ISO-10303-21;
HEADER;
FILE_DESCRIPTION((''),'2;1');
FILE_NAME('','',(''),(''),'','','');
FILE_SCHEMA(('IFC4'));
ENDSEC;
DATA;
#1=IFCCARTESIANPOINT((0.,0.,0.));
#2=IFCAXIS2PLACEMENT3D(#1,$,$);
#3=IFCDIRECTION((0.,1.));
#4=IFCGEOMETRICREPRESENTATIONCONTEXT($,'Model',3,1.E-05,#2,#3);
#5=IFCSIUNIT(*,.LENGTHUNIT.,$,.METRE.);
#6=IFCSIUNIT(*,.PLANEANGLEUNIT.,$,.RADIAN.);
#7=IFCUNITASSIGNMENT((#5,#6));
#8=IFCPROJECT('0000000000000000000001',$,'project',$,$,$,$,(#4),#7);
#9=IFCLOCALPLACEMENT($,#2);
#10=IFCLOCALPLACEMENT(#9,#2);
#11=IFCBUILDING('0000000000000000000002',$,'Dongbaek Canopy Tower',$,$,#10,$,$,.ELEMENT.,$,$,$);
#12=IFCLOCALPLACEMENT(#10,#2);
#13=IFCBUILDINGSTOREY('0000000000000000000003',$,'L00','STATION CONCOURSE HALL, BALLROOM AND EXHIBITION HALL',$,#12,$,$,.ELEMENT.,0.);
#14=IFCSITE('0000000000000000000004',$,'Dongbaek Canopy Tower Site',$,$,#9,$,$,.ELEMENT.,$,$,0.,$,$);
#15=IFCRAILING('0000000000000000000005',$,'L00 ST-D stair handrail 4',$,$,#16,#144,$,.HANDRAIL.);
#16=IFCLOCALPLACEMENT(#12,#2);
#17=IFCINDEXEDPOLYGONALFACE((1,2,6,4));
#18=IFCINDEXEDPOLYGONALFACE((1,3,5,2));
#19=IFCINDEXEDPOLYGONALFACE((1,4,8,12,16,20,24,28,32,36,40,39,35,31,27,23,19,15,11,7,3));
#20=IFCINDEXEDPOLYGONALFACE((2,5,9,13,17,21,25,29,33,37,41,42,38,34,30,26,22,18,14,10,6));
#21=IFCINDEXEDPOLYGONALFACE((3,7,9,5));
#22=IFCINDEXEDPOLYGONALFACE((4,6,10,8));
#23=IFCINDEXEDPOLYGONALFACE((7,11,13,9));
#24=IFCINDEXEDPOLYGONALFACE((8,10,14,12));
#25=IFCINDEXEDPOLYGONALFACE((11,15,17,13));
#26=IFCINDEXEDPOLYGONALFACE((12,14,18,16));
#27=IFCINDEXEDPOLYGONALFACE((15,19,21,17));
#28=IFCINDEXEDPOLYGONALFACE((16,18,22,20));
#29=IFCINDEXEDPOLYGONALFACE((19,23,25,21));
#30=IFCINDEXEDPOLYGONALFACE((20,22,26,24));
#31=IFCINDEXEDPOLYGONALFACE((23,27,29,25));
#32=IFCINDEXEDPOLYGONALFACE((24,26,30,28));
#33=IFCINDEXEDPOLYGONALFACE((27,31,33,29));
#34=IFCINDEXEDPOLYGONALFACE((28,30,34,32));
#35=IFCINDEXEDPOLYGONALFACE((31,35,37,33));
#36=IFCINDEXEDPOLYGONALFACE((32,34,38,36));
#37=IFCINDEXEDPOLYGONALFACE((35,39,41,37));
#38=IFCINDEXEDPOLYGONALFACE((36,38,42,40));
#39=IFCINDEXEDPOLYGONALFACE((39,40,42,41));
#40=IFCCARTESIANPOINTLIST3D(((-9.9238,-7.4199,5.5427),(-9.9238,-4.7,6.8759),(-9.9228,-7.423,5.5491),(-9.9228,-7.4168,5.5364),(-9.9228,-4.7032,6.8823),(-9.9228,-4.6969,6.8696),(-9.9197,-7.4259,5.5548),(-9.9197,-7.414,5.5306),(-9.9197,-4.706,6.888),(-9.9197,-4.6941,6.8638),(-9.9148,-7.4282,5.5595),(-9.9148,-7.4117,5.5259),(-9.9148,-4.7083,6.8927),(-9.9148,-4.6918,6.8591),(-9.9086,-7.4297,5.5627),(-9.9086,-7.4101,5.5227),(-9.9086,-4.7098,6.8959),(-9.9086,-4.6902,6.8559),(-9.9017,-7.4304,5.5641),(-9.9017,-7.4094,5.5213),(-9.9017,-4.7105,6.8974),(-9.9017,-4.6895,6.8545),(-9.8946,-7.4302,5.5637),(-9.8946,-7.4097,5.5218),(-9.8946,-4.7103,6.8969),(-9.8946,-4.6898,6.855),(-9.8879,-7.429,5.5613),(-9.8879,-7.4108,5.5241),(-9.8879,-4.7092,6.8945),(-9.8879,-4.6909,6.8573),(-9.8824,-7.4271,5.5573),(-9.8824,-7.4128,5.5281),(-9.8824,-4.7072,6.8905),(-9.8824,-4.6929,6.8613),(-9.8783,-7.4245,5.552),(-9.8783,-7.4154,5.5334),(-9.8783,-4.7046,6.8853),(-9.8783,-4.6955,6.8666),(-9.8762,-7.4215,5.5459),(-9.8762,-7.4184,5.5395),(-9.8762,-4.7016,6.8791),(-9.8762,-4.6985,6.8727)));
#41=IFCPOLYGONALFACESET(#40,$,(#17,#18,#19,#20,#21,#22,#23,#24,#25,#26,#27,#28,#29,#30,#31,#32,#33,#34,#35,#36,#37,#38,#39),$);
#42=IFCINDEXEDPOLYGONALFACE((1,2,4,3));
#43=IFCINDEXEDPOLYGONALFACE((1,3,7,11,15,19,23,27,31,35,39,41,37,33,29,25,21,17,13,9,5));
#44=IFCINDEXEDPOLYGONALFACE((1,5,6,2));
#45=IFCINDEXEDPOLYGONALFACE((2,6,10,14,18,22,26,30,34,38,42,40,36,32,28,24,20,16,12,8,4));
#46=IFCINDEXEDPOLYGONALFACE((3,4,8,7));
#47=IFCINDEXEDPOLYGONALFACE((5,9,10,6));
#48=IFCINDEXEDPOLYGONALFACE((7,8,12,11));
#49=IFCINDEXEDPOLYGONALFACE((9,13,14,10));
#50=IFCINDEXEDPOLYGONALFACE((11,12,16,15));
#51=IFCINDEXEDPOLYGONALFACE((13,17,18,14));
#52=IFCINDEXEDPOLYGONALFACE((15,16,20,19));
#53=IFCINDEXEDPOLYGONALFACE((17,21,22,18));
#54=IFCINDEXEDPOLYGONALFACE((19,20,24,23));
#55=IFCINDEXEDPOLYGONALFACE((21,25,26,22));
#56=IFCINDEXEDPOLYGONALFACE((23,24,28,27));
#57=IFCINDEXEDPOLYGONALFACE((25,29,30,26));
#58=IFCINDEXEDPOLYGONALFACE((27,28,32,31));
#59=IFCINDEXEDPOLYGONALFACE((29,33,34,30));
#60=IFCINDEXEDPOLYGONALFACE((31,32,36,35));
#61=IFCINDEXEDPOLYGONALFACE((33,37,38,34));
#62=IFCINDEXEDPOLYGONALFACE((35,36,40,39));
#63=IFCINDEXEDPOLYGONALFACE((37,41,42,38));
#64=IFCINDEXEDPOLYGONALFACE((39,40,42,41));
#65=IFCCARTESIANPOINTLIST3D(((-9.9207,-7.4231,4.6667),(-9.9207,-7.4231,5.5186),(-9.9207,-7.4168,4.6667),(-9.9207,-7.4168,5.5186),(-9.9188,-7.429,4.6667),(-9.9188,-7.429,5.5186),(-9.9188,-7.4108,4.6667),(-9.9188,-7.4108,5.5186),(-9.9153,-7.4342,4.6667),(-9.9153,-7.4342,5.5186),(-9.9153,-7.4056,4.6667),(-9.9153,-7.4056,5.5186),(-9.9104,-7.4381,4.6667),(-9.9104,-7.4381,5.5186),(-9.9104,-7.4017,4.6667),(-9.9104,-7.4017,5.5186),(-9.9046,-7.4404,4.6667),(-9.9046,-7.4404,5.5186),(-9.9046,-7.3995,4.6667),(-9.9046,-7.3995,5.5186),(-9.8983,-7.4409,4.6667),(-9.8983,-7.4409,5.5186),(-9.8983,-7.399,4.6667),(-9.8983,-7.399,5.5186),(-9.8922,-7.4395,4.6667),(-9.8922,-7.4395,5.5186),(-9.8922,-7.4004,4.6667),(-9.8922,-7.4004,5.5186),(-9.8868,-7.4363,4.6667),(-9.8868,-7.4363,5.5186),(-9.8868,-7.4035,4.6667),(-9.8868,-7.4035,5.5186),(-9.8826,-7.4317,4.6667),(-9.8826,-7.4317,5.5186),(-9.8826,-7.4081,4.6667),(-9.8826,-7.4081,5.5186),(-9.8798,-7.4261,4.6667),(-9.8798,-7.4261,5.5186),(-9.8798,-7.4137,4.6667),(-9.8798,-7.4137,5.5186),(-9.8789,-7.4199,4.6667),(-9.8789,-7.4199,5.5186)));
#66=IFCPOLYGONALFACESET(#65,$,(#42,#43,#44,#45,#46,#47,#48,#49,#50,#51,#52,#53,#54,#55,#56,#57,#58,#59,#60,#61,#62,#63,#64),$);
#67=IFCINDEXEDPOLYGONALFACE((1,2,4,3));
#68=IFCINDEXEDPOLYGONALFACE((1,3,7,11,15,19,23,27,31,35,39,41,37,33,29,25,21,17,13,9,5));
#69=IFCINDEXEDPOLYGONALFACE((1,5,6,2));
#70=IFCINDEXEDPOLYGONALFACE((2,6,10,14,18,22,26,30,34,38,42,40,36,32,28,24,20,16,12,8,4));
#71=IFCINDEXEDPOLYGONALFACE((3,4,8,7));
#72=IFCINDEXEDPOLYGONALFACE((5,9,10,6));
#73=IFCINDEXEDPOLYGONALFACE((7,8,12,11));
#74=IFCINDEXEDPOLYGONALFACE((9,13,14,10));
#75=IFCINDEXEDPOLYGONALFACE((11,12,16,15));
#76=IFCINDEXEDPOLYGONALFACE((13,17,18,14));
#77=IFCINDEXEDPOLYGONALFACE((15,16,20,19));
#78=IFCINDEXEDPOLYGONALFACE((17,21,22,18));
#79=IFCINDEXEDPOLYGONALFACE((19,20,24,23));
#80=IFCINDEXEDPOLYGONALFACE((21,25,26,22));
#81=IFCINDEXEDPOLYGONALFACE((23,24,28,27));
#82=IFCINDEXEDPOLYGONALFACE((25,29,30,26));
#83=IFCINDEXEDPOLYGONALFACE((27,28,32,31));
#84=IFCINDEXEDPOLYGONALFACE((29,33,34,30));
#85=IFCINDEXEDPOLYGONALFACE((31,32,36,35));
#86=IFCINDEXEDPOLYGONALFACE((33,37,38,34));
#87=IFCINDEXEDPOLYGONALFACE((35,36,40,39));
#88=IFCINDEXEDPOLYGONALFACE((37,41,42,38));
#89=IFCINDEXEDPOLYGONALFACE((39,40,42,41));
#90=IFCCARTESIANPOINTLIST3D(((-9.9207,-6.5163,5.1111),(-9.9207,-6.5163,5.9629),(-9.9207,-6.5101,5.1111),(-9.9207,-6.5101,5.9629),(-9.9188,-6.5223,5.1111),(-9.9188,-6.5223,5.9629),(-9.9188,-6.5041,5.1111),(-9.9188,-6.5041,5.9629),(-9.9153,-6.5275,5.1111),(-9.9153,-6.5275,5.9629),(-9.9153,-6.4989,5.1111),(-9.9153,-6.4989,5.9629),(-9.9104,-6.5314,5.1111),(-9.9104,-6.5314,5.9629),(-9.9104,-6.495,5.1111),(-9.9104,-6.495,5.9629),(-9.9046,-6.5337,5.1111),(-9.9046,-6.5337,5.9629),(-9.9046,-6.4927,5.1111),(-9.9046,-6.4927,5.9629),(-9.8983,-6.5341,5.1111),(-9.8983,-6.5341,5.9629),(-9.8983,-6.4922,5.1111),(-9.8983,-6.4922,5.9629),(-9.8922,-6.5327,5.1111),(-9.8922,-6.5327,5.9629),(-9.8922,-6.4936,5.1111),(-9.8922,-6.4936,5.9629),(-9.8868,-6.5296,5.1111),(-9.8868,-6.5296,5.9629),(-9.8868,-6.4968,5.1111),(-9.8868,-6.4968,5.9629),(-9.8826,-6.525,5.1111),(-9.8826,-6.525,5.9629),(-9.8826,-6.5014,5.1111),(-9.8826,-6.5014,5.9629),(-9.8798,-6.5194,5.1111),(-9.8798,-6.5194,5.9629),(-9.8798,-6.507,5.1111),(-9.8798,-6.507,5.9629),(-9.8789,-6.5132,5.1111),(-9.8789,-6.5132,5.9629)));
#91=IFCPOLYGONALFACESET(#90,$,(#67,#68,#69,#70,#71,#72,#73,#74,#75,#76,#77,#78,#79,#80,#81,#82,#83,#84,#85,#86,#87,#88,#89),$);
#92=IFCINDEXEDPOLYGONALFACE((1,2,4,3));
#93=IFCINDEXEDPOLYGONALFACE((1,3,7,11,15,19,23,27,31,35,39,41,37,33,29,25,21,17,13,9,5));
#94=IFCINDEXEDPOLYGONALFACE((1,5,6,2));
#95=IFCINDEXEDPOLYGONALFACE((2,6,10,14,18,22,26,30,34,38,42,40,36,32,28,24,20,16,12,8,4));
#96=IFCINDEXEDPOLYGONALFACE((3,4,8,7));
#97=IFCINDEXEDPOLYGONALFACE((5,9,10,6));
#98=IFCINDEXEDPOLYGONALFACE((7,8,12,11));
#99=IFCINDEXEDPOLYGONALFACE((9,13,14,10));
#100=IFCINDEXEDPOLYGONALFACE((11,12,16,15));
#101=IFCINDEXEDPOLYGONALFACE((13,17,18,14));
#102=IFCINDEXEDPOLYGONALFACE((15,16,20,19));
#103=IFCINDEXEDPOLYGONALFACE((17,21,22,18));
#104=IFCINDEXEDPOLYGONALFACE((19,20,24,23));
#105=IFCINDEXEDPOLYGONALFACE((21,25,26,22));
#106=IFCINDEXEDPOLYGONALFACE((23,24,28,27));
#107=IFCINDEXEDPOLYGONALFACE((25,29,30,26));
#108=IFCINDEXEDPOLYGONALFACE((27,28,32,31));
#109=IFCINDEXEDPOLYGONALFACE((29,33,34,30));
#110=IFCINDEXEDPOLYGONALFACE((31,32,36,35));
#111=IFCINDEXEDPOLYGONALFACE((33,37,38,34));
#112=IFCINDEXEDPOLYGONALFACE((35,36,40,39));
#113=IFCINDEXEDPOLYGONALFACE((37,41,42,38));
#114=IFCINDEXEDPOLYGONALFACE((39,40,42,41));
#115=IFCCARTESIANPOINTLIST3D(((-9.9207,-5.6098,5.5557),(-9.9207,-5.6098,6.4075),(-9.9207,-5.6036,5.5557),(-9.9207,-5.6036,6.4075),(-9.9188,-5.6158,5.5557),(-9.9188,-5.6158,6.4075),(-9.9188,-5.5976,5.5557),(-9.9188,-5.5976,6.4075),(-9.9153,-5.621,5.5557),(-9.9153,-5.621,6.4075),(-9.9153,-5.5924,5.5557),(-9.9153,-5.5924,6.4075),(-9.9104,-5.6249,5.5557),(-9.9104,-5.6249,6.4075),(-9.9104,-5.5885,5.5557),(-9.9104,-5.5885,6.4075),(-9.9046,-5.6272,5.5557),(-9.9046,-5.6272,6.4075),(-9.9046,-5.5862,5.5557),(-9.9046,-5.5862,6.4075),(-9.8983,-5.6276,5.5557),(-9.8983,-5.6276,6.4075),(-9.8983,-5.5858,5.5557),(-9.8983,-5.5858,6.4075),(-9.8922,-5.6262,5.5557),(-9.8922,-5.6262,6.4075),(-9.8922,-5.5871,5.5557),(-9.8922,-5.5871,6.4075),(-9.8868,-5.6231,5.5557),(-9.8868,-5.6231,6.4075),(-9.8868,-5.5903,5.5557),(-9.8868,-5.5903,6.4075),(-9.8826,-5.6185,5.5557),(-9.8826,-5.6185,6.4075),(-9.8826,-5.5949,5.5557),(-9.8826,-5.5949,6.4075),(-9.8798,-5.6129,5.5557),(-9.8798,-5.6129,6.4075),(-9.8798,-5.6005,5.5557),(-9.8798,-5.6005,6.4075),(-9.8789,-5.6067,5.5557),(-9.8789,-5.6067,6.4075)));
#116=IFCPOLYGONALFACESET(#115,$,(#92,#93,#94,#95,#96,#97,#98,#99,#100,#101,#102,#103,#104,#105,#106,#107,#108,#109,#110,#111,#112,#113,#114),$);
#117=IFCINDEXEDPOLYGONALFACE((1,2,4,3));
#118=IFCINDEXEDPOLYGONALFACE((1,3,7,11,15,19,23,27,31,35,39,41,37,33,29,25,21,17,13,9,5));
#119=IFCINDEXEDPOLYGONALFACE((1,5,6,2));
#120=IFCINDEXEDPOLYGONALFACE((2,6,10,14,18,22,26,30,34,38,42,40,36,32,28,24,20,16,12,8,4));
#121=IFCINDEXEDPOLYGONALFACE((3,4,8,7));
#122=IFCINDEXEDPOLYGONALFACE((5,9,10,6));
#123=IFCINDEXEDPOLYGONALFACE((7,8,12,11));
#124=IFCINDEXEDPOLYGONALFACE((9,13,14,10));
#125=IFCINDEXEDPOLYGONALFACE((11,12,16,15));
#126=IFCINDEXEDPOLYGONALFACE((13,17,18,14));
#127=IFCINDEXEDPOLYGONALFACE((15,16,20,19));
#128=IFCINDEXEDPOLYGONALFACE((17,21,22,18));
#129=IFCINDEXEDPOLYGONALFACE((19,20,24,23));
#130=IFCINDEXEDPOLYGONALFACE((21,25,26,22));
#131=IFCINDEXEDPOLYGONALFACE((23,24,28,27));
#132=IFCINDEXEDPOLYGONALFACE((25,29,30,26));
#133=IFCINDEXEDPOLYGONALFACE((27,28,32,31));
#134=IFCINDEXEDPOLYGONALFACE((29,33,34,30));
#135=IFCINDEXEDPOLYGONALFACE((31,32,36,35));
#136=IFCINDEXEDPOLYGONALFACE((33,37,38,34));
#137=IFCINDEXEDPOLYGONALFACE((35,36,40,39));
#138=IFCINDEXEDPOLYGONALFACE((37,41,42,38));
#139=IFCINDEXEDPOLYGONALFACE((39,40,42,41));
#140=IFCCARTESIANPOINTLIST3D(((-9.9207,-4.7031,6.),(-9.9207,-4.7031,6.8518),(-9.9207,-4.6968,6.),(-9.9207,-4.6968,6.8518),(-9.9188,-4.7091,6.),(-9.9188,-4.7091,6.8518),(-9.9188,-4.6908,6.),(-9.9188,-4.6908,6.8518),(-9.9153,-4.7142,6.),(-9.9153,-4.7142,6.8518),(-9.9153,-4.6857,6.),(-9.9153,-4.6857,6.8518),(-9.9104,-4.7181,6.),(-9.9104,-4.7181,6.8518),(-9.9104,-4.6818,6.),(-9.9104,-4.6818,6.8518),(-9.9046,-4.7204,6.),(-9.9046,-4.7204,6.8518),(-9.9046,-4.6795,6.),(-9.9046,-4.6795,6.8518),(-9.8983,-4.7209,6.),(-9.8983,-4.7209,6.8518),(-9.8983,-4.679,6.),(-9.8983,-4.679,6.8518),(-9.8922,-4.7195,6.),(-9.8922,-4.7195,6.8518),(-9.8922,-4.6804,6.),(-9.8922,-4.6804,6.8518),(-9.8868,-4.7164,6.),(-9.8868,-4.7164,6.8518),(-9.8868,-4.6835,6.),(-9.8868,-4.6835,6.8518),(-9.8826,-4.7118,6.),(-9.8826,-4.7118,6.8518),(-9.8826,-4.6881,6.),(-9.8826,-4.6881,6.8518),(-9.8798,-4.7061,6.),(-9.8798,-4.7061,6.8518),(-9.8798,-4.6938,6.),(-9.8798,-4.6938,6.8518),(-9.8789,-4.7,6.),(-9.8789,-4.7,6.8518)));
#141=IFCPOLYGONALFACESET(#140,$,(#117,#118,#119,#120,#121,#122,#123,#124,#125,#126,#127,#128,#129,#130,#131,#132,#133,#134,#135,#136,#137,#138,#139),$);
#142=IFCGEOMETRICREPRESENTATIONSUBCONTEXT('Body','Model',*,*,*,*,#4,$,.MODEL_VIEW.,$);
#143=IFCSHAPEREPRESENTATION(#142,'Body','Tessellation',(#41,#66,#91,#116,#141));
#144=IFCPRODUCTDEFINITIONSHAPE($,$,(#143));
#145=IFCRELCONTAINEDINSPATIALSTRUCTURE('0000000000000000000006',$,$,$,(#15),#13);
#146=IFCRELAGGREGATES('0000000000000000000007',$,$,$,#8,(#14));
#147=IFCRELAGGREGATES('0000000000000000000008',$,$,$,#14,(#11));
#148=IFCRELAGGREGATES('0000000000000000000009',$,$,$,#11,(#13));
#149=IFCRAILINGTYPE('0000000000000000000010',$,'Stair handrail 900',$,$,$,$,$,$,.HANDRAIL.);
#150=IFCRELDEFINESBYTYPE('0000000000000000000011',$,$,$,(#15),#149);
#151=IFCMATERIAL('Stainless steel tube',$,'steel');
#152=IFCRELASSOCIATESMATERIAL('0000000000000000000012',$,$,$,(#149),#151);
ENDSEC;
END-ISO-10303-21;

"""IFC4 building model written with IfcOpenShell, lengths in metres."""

from ifc_helpers import new_model, si_unit, direction, frame, origin, origin_2d, place, context, subcontext, project, spatial, circle, extrude, material, type_object, element, save


model = new_model("IFC4")

# Units and contexts
model_context = context("Model", 3, precision=1e-05, world=origin(), true_north=direction((0.0, 1.0)))
body_context = subcontext(model_context, "Body", "Model", "MODEL_VIEW")
ifc_project = project(units=[si_unit("LENGTHUNIT", "METRE"), si_unit("PLANEANGLEUNIT", "RADIAN")], contexts=[model_context])

# Site, building, storey
site_placement = place(None, origin())
site = spatial("IfcSite", under=ifc_project, at=site_placement, Name="Dongbaek Canopy Tower Site", CompositionType="ELEMENT", RefElevation=0.0)
building_placement = place(site_placement, origin())
building = spatial("IfcBuilding", under=site, at=building_placement, Name="Dongbaek Canopy Tower", CompositionType="ELEMENT")
storey_placement = place(building_placement, origin())
storey = spatial("IfcBuildingStorey", under=building, at=storey_placement, Name="L00", Description="STATION CONCOURSE HALL, BALLROOM AND EXHIBITION HALL", CompositionType="ELEMENT", Elevation=0.0)

# Railing
ifc_material_1 = material(Name="Stainless steel tube", Category="steel")
railing_type_1 = type_object("IfcRailingType", Name="Stair handrail 900", PredefinedType="HANDRAIL", material=ifc_material_1)
railing_1_placement = place(storey_placement, frame((-9.8999, -7.4199, 4.6667)))
element("IfcRailing", 1, at=railing_1_placement, inside=storey, type_object=railing_type_1, Name="L00 ST-D stair handrail 4", PredefinedType="HANDRAIL", context=body_context, shape_type="SweptSolid", body=[
    extrude(circle(Radius=0.0239, at=origin_2d()), frame((0.0, 0.0, 0.876), z_axis=(0.0, 0.897929, 0.440139), x_axis=(-1.0, 0.0, 0.0)), (0.0, 0.0, 1.0), 3.0291),
    extrude(circle(Radius=0.021, at=origin_2d()), origin(), (0.0, 0.0, 1.0), 0.8518),
    extrude(circle(Radius=0.021, at=origin_2d()), frame((0.0, 0.9067, 0.4443)), (0.0, 0.0, 1.0), 0.8518),
    extrude(circle(Radius=0.021, at=origin_2d()), frame((0.0, 1.8132, 0.8889)), (0.0, 0.0, 1.0), 0.8518),
    extrude(circle(Radius=0.021, at=origin_2d()), frame((0.0, 2.72, 1.3333)), (0.0, 0.0, 1.0), 0.8518),
])

save(model, "model.ifc")
